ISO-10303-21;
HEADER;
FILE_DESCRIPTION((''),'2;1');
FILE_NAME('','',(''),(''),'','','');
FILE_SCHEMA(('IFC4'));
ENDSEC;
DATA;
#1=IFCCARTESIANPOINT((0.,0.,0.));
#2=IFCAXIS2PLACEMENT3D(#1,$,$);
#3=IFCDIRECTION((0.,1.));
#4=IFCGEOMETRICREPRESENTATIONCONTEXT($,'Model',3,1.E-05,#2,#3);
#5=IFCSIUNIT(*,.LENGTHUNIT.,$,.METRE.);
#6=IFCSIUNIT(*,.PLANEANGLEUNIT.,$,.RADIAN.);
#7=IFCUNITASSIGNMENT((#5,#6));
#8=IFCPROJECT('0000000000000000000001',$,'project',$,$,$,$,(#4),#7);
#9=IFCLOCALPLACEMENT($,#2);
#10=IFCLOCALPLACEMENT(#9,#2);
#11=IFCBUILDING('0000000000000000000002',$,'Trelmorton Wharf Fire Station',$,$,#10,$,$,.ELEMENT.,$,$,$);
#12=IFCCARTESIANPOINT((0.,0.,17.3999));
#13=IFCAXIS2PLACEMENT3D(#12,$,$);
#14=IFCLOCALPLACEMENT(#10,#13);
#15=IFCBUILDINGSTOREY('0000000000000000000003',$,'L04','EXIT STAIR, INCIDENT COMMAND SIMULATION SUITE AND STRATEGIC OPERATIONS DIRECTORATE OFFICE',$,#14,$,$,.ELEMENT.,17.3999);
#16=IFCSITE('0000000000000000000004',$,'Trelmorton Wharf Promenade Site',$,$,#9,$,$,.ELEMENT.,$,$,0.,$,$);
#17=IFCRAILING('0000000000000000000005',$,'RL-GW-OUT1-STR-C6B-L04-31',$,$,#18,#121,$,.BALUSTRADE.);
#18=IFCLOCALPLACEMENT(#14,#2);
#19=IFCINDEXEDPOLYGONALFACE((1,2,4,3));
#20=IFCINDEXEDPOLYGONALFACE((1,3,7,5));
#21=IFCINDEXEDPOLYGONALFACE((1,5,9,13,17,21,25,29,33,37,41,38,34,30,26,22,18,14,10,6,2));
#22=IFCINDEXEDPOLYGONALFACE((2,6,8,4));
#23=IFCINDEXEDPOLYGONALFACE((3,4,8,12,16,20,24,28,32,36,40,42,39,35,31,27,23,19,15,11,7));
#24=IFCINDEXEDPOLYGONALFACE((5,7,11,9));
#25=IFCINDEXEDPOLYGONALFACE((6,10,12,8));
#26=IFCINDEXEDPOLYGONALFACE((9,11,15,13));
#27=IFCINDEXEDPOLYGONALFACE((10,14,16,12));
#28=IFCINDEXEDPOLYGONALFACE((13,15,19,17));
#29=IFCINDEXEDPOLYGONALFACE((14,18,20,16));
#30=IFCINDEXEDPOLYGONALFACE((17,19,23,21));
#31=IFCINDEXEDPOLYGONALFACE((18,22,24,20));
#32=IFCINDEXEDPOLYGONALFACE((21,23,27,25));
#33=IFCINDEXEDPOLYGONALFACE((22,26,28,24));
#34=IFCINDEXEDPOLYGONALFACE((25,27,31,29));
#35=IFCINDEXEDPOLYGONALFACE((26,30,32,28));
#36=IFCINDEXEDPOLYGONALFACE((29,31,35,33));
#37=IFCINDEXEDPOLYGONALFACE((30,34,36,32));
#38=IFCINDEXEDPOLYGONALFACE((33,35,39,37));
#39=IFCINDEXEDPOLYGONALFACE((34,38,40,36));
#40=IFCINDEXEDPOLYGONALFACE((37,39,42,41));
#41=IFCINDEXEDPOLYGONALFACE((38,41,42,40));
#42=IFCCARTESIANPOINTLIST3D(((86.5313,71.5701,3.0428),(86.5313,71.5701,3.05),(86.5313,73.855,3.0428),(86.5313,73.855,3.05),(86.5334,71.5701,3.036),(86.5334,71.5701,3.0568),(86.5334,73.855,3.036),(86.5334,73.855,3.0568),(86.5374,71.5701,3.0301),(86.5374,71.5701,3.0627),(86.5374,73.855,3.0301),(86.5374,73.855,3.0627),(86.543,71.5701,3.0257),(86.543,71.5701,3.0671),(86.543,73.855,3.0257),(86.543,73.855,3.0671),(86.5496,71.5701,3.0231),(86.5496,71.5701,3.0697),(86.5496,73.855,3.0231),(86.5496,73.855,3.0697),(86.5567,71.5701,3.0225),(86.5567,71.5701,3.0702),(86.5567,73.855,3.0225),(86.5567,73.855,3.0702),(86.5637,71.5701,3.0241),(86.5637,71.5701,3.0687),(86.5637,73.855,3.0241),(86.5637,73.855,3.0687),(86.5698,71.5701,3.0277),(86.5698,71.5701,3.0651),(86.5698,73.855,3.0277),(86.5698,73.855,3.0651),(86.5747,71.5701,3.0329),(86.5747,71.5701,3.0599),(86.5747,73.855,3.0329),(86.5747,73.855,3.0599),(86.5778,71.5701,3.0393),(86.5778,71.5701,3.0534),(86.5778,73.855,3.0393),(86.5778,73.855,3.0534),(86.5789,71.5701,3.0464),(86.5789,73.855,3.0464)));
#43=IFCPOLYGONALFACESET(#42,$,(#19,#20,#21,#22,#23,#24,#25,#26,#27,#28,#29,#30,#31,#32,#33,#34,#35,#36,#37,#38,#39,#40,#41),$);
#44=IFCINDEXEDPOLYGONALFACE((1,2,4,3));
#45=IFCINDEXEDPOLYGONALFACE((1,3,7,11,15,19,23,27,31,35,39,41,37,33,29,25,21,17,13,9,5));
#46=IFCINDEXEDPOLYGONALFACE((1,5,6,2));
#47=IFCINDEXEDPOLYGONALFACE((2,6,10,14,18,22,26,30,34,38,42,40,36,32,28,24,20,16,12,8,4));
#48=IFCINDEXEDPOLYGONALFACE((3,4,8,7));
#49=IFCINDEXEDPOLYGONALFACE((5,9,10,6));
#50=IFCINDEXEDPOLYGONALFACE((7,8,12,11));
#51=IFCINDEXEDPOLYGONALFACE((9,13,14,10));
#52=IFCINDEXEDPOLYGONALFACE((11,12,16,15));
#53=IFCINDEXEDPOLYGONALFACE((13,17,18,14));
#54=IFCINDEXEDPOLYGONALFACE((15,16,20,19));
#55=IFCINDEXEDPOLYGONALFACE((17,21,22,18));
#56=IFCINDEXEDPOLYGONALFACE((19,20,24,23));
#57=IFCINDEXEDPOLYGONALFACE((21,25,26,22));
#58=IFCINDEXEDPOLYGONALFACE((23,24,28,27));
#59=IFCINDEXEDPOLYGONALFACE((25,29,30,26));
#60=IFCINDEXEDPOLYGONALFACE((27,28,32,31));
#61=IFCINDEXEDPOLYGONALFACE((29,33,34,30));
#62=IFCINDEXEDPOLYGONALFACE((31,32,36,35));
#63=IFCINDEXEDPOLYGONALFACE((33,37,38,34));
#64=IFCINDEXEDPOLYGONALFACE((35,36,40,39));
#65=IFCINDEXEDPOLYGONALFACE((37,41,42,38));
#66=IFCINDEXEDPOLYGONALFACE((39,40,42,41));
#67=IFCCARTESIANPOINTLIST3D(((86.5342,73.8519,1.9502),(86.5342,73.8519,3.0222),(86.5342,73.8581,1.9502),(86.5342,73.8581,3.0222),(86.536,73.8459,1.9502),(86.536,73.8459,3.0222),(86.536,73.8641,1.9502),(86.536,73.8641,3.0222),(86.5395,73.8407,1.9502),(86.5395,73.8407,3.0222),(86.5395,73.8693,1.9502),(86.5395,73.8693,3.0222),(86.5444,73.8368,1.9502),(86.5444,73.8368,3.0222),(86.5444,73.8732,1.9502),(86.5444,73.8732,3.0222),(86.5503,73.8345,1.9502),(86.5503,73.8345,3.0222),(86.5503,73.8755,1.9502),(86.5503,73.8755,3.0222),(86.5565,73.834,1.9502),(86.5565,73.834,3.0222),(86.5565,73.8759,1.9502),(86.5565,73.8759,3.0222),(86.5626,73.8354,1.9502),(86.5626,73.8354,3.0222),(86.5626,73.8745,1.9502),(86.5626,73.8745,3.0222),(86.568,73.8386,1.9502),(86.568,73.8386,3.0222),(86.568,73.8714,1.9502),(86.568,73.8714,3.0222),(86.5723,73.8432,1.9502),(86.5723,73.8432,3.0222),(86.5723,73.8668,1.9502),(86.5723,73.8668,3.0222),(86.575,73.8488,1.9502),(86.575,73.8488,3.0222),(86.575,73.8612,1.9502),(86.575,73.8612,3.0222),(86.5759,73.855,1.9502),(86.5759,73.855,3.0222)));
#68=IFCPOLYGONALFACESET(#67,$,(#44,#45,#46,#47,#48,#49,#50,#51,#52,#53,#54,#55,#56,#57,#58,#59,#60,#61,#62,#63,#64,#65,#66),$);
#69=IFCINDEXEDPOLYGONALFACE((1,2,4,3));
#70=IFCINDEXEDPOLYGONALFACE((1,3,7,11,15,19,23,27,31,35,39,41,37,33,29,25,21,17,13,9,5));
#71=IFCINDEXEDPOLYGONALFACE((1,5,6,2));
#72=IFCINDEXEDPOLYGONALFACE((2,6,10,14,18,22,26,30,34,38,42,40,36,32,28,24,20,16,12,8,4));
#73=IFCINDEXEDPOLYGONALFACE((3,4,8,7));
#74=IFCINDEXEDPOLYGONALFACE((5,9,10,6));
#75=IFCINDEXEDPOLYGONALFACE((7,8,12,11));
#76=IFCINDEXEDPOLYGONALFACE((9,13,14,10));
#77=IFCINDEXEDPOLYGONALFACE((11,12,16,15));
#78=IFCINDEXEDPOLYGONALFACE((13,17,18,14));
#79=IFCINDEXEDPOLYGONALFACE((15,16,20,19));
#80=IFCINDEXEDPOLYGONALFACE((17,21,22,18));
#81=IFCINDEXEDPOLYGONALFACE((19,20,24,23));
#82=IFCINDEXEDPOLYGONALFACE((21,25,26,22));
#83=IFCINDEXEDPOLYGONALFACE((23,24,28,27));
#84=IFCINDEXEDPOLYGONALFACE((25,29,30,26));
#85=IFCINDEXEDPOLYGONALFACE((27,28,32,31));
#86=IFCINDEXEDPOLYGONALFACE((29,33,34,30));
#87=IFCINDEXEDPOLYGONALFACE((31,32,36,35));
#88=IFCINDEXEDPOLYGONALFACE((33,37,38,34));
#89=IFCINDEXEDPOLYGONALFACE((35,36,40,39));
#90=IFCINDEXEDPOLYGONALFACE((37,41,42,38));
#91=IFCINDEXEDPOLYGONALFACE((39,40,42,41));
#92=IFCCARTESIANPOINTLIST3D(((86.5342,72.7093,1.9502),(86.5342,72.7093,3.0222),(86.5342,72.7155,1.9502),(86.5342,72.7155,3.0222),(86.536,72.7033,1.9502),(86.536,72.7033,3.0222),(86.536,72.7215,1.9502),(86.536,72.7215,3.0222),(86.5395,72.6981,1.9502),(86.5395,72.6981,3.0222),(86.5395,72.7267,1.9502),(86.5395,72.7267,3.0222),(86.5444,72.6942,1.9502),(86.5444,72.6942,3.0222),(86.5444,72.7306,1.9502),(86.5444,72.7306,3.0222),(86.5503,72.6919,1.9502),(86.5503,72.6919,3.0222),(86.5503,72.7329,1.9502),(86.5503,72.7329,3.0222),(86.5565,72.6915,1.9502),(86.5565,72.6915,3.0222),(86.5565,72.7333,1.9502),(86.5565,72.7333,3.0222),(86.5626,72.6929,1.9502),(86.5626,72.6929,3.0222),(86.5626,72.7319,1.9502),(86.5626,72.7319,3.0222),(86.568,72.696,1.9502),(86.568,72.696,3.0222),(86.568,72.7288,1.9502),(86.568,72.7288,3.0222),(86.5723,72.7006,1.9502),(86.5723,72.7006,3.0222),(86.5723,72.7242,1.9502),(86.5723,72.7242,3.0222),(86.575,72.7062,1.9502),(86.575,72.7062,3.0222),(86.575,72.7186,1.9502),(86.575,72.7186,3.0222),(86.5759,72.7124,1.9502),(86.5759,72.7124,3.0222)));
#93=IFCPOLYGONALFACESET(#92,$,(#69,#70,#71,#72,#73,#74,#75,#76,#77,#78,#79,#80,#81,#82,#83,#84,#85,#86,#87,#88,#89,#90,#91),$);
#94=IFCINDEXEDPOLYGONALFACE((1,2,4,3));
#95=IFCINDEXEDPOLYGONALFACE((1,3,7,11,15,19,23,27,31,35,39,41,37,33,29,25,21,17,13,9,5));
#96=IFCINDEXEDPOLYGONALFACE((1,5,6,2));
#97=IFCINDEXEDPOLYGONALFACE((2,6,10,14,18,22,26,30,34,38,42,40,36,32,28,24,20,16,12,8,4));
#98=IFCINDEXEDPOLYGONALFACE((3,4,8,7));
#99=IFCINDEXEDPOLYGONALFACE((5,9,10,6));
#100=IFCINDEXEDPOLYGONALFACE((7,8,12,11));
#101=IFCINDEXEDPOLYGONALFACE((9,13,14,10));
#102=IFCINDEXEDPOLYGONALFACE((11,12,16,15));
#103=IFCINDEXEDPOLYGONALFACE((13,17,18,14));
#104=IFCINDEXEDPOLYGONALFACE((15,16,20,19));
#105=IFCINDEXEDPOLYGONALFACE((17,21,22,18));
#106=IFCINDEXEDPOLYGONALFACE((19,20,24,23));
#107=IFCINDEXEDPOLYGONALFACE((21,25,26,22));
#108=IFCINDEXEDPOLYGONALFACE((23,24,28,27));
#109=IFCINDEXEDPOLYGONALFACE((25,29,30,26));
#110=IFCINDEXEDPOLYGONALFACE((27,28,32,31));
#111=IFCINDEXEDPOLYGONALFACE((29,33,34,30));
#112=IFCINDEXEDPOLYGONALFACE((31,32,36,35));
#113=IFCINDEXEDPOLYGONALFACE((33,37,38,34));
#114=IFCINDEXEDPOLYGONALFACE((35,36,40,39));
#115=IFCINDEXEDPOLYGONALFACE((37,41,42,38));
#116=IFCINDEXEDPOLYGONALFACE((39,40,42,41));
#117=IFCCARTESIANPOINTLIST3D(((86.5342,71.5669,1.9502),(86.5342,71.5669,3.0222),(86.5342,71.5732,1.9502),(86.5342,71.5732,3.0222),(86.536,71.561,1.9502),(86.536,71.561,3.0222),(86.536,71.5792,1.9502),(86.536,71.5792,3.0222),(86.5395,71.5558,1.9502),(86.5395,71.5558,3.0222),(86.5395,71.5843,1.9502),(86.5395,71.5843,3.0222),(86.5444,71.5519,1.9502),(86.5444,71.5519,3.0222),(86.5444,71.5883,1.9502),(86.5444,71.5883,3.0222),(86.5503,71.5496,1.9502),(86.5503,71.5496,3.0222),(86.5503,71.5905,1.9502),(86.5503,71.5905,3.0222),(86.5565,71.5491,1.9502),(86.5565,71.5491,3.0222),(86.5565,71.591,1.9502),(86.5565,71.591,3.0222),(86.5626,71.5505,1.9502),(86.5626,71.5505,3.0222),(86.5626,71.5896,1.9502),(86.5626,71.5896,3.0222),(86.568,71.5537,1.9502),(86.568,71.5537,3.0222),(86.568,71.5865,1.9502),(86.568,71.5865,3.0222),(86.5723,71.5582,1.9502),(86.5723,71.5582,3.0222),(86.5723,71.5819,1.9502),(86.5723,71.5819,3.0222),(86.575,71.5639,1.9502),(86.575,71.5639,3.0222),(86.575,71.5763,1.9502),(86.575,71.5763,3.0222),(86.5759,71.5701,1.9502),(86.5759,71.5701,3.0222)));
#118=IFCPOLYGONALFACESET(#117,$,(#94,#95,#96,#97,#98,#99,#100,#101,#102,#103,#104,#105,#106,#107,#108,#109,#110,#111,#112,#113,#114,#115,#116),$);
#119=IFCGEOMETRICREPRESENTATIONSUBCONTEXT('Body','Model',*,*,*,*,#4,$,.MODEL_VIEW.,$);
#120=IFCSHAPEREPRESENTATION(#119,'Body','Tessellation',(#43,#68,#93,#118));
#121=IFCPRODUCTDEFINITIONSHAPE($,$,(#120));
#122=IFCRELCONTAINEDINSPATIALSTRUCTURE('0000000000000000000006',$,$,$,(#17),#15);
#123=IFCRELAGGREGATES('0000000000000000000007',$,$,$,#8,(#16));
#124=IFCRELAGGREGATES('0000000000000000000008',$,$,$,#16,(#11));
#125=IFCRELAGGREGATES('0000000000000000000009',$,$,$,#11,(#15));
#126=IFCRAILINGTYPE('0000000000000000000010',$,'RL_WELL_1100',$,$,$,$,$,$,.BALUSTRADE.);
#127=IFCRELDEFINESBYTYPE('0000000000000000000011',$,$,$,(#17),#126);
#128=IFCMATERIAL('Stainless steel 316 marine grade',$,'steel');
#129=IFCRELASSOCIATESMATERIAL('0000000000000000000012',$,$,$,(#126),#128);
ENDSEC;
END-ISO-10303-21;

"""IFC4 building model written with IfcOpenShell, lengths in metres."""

from ifc_helpers import new_model, si_unit, direction, frame, origin, origin_2d, place, context, subcontext, project, spatial, circle, extrude, material, type_object, element, save


model = new_model("IFC4")

# Units and contexts
model_context = context("Model", 3, precision=1e-05, world=origin(), true_north=direction((0.0, 1.0)))
body_context = subcontext(model_context, "Body", "Model", "MODEL_VIEW")
ifc_project = project(units=[si_unit("LENGTHUNIT", "METRE"), si_unit("PLANEANGLEUNIT", "RADIAN")], contexts=[model_context])

# Site, building, storey
site_placement = place(None, origin())
site = spatial("IfcSite", under=ifc_project, at=site_placement, Name="Trelmorton Wharf Promenade Site", CompositionType="ELEMENT", RefElevation=0.0)
building_placement = place(site_placement, origin())
building = spatial("IfcBuilding", under=site, at=building_placement, Name="Trelmorton Wharf Fire Station", CompositionType="ELEMENT")
storey_placement = place(building_placement, frame((0.0, 0.0, 17.3999)))
storey = spatial("IfcBuildingStorey", under=building, at=storey_placement, Name="L04", Description="EXIT STAIR, INCIDENT COMMAND SIMULATION SUITE AND STRATEGIC OPERATIONS DIRECTORATE OFFICE", CompositionType="ELEMENT", Elevation=17.3999)

# Railing
ifc_material_1 = material(Name="Stainless steel 316 marine grade", Category="steel")
railing_type = type_object("IfcRailingType", Name="RL_WELL_1100", PredefinedType="BALUSTRADE", material=ifc_material_1)
railing_1_placement = place(storey_placement, frame((86.5549, 73.855, 1.9502)))
element("IfcRailing", 1, at=railing_1_placement, inside=storey, type_object=railing_type, Name="RL-GW-OUT1-STR-C6B-L04-31", PredefinedType="BALUSTRADE", context=body_context, shape_type="SweptSolid", body=[
    extrude(circle(Radius=0.0239, at=origin_2d()), frame((0.0, 0.0, 1.0962), z_axis=(0.0, -1.0, 0.0), x_axis=(1.0, 0.0, 0.0)), (0.0, 0.0, 1.0), 2.2849),
    extrude(circle(Radius=0.021, at=origin_2d()), origin(), (0.0, 0.0, 1.0), 1.072),
    extrude(circle(Radius=0.021, at=origin_2d()), frame((0.0, -1.1426, 0.0)), (0.0, 0.0, 1.0), 1.072),
    extrude(circle(Radius=0.021, at=origin_2d()), frame((0.0, -2.2849, 0.0)), (0.0, 0.0, 1.0), 1.072),
])

save(model, "model.ifc")
